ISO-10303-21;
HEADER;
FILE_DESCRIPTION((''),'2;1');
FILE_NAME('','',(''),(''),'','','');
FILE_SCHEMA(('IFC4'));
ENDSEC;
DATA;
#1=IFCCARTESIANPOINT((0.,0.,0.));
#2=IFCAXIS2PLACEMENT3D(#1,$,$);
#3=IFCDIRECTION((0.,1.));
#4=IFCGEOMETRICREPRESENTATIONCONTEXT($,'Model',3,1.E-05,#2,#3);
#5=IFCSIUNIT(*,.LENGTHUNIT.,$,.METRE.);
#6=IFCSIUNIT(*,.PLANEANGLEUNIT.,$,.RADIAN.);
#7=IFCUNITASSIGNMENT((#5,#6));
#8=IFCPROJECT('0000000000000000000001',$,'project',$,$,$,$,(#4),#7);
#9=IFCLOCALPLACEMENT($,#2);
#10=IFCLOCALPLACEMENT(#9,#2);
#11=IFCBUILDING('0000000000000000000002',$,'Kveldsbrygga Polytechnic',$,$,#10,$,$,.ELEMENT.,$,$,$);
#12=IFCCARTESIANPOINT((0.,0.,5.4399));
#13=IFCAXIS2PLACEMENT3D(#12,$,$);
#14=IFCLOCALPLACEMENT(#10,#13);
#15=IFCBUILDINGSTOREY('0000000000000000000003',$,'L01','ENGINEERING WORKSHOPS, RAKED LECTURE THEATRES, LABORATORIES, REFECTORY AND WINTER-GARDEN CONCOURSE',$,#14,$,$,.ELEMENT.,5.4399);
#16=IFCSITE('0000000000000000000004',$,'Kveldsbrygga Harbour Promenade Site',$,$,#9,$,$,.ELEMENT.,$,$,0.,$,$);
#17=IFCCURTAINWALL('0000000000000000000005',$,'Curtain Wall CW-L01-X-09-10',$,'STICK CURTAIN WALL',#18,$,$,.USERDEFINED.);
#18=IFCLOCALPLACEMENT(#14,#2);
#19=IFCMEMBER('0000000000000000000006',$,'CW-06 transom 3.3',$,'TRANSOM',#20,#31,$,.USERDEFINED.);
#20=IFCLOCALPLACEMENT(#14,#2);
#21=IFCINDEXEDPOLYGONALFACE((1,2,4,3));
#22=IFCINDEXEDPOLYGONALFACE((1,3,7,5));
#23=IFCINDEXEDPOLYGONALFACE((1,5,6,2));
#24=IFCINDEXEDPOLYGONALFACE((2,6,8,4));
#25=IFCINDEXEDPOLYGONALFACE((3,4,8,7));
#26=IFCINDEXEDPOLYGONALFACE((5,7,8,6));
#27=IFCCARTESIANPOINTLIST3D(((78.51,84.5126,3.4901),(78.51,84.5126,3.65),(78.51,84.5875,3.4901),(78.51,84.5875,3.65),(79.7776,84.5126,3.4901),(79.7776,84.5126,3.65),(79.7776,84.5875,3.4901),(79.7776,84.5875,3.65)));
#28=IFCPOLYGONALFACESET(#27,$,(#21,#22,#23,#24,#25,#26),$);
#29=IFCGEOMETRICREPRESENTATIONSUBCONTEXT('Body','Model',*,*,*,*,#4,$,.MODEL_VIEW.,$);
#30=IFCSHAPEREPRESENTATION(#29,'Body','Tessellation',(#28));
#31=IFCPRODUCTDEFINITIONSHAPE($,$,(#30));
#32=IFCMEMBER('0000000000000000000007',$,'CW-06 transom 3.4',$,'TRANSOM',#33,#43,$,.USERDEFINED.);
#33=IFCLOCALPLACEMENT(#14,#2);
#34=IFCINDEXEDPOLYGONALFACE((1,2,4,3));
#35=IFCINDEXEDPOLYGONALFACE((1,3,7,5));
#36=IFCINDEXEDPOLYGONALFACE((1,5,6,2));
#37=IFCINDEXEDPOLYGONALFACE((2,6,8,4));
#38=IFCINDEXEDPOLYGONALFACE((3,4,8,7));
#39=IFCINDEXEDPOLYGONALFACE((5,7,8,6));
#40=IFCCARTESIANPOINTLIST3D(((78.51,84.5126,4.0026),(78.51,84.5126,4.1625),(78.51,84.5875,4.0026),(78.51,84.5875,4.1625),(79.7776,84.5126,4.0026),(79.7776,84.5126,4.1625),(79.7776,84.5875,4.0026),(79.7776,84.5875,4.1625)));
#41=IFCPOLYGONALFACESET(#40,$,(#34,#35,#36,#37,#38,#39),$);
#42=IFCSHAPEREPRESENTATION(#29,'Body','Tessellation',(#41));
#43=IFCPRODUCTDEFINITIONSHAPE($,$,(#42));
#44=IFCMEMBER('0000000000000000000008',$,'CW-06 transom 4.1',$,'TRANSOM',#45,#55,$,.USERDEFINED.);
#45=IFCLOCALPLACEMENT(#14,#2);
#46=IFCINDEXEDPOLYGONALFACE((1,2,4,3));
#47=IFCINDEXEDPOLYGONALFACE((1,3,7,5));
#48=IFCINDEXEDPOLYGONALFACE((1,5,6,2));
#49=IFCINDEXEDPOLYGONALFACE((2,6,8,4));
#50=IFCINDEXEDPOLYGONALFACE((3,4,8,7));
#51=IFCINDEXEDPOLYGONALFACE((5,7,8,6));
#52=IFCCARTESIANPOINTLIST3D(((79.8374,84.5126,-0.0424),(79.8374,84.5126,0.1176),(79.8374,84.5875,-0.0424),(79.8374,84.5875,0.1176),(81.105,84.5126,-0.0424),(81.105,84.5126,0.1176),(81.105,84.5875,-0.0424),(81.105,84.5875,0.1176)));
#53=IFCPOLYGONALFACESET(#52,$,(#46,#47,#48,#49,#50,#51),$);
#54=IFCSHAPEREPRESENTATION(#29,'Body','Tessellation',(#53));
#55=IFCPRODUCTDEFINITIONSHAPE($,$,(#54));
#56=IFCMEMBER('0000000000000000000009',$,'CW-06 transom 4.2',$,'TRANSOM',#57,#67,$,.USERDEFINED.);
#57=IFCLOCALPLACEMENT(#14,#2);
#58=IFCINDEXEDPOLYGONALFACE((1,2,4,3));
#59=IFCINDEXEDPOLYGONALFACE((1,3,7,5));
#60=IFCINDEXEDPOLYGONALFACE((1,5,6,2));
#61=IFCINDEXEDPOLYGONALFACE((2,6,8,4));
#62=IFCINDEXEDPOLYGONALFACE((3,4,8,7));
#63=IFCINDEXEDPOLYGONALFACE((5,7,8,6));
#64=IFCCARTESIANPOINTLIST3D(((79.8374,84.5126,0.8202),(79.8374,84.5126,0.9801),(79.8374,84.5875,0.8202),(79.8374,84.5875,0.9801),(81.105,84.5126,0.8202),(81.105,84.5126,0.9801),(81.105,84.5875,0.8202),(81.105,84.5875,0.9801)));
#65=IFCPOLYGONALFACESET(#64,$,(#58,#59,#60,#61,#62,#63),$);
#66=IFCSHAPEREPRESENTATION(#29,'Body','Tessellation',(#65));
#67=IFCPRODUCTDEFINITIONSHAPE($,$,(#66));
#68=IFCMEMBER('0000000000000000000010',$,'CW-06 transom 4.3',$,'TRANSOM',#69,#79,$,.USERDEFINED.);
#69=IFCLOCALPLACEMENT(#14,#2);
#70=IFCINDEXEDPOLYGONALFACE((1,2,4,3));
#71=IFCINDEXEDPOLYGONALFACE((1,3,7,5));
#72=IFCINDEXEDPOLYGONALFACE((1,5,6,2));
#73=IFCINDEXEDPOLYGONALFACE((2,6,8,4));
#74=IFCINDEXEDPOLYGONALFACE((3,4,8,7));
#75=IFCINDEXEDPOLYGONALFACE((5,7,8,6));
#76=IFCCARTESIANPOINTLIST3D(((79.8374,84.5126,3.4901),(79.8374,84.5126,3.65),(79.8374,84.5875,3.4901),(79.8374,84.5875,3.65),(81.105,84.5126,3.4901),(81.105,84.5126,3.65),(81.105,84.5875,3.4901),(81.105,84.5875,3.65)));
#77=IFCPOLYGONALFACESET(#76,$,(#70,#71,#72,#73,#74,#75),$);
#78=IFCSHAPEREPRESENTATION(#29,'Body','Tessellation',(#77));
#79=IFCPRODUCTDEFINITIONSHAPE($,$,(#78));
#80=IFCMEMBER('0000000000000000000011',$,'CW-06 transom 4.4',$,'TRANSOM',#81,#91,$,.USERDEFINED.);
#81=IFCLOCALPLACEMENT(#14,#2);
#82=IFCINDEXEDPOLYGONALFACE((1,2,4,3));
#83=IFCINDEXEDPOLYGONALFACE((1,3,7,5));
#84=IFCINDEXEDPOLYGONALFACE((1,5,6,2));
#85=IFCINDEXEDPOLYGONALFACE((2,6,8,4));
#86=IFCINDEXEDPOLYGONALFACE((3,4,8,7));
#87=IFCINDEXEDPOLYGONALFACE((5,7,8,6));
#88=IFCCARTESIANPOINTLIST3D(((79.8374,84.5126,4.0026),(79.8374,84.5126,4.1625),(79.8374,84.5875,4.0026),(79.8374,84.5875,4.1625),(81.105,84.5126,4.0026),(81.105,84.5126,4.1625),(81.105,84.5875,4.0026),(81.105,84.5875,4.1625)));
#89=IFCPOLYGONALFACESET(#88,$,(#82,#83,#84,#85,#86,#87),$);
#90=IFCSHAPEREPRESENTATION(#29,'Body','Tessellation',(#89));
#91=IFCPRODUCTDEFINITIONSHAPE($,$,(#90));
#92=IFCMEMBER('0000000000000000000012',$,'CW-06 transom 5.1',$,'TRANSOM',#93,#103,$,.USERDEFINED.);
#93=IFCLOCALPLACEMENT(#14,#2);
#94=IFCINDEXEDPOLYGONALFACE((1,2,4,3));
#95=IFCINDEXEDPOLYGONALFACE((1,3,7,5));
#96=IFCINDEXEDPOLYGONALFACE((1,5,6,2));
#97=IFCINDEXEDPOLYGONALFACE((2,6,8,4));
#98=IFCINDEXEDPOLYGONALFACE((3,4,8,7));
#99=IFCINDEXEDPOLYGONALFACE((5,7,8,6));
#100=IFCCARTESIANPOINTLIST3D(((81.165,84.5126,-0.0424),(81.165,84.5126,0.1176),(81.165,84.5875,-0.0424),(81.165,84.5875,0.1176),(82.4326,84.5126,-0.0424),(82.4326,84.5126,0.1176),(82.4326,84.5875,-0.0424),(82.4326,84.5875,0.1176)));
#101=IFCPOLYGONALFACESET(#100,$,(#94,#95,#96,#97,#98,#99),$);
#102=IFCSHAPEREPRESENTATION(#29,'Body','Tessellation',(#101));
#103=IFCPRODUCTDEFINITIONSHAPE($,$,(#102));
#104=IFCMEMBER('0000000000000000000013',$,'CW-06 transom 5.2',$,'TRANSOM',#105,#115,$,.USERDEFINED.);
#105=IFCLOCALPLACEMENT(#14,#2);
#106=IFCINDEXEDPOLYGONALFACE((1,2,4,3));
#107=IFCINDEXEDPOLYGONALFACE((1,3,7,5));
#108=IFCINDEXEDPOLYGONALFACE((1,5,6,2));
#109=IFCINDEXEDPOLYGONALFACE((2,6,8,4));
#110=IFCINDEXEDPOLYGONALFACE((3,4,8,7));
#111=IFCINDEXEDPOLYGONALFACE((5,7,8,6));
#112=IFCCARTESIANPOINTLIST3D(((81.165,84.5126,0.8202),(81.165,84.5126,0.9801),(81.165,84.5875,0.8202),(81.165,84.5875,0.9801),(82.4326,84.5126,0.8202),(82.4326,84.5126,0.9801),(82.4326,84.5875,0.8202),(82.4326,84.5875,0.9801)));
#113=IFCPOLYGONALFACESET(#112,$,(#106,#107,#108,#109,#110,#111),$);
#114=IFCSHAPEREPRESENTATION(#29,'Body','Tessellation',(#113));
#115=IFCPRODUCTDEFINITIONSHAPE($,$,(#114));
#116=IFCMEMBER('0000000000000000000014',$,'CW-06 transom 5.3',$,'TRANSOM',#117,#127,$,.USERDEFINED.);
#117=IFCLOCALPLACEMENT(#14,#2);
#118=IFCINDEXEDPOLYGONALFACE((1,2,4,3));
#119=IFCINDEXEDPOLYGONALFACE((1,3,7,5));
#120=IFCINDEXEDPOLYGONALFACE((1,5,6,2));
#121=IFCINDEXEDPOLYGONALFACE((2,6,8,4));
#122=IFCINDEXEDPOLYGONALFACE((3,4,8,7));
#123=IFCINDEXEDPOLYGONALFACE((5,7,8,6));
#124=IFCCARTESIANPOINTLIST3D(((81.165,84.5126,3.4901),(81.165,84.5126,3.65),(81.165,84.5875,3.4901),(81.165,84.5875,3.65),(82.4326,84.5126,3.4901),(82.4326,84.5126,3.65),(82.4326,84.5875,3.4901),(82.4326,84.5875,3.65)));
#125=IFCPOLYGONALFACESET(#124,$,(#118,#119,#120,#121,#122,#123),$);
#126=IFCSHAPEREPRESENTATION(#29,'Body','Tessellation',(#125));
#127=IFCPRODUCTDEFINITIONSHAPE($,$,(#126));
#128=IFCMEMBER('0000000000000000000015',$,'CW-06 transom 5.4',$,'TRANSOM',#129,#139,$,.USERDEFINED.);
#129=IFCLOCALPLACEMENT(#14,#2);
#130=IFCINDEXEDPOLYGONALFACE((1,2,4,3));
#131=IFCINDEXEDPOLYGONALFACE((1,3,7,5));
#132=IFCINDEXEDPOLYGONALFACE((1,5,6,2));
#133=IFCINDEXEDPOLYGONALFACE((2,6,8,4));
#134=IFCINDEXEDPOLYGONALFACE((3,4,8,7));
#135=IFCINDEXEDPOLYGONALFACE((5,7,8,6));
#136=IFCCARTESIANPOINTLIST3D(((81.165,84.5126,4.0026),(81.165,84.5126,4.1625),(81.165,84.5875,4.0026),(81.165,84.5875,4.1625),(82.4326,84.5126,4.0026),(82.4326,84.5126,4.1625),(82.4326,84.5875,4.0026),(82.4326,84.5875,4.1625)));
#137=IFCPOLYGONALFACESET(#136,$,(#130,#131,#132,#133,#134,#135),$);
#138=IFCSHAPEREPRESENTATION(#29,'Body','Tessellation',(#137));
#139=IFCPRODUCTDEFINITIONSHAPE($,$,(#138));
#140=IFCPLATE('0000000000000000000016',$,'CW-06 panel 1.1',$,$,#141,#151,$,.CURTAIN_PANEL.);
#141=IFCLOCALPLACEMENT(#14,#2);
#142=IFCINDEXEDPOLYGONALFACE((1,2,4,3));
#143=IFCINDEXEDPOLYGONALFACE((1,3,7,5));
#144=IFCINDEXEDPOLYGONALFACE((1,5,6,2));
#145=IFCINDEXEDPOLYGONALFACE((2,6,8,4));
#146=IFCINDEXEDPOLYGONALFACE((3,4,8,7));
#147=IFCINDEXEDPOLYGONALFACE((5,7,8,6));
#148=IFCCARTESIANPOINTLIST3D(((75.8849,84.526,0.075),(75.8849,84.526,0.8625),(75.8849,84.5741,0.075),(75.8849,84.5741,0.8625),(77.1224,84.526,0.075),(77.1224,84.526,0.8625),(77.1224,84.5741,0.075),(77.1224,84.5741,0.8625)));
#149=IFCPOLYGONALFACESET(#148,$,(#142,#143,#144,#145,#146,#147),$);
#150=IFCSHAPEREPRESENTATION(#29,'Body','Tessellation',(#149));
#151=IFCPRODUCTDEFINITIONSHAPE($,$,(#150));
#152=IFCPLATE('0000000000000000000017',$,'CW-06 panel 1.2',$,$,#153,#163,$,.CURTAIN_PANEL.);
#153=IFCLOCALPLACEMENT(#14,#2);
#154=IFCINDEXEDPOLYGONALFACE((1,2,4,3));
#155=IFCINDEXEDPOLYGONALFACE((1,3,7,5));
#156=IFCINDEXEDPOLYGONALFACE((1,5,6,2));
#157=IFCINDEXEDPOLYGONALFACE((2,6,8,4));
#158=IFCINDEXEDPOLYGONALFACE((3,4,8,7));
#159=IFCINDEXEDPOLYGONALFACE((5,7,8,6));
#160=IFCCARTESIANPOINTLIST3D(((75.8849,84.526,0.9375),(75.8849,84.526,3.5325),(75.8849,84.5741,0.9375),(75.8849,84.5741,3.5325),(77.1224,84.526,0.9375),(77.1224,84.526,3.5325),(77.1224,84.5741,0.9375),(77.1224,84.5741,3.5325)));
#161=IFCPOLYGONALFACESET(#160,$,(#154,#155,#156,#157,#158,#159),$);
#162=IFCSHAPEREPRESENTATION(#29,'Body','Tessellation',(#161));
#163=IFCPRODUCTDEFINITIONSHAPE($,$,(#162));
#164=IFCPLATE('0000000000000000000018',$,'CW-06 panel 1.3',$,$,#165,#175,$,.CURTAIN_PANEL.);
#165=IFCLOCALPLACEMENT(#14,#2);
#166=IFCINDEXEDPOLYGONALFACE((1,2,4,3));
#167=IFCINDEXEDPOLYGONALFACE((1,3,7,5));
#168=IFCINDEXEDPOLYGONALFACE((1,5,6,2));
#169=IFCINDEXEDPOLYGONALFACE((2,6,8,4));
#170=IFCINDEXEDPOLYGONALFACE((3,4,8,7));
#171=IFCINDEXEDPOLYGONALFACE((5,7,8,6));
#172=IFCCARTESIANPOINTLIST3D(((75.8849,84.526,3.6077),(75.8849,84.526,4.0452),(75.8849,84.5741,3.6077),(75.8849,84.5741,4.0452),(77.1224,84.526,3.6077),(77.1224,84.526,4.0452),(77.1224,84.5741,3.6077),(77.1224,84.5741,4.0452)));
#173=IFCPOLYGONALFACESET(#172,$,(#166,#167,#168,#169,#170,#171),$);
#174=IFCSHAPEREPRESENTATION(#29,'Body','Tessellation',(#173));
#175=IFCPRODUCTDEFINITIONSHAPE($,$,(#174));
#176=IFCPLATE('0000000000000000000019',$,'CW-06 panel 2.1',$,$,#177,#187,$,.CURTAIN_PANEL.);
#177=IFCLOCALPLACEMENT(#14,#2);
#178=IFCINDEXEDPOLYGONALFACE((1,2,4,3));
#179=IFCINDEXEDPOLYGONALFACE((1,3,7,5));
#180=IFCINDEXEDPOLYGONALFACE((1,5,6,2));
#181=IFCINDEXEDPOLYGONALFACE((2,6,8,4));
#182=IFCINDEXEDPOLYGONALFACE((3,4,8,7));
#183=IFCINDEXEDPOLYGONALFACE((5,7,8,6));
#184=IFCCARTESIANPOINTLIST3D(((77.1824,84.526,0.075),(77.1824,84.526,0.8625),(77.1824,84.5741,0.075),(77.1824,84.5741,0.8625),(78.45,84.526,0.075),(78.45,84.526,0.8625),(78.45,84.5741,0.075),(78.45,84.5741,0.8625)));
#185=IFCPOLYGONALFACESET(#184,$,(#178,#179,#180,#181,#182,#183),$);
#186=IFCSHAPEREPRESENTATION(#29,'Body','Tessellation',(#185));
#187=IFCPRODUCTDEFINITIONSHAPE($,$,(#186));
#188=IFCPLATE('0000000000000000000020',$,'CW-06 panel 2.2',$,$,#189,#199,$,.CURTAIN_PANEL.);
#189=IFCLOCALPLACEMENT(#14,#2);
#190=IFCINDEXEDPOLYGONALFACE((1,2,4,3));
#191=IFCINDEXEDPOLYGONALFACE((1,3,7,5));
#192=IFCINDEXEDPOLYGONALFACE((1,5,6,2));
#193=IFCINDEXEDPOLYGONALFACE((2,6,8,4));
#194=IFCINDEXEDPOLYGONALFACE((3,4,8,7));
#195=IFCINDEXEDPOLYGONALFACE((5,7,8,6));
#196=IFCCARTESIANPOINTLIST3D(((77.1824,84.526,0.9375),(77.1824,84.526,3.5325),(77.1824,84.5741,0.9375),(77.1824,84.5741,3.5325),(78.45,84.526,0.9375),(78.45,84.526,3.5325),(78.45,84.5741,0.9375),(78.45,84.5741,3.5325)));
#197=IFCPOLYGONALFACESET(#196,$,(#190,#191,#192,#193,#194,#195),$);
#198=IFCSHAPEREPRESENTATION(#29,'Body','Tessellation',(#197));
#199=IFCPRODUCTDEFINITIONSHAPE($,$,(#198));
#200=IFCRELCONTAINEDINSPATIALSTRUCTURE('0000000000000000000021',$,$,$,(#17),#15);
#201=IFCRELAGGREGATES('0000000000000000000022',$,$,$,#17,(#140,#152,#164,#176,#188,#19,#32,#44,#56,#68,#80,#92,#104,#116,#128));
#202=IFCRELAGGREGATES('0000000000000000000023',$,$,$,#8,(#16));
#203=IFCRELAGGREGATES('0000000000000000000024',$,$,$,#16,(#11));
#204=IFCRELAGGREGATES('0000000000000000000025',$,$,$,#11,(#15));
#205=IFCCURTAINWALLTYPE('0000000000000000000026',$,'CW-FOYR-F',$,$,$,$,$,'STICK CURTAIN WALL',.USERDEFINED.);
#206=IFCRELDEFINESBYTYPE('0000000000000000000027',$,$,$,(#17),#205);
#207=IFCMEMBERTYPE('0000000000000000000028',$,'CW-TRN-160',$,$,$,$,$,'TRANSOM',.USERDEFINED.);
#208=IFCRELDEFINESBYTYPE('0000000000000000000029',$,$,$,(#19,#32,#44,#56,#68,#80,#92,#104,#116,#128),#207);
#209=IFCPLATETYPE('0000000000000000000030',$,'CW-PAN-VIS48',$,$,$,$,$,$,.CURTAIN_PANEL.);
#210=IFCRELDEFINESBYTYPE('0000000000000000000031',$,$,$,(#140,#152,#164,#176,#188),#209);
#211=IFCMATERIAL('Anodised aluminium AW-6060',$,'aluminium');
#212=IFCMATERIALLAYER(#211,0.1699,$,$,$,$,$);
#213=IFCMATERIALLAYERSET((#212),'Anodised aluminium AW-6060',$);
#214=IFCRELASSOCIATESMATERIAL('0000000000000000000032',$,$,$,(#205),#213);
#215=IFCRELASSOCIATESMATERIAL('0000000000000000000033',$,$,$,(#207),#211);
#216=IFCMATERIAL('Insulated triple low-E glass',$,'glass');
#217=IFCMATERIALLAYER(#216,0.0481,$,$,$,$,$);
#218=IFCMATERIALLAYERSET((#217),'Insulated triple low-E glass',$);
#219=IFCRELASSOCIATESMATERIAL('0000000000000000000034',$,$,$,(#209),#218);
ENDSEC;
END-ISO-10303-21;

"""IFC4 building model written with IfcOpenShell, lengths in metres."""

from ifc_helpers import new_model, si_unit, direction, frame, origin, origin_2d, place, context, subcontext, project, spatial, rectangle, extrude, material, layer, layer_set, material_profile, profile_set, type_object, element, aggregate, save


model = new_model("IFC4")

# Units and contexts
model_context = context("Model", 3, precision=1e-05, world=origin(), true_north=direction((0.0, 1.0)))
body_context = subcontext(model_context, "Body", "Model", "MODEL_VIEW")
ifc_project = project(units=[si_unit("LENGTHUNIT", "METRE"), si_unit("PLANEANGLEUNIT", "RADIAN")], contexts=[model_context])

# Site, building, storey
site_placement = place(None, origin())
site = spatial("IfcSite", under=ifc_project, at=site_placement, Name="Kveldsbrygga Harbour Promenade Site", CompositionType="ELEMENT", RefElevation=0.0)
building_placement = place(site_placement, origin())
building = spatial("IfcBuilding", under=site, at=building_placement, Name="Kveldsbrygga Polytechnic", CompositionType="ELEMENT")
storey_placement = place(building_placement, frame((0.0, 0.0, 5.4399)))
storey = spatial("IfcBuildingStorey", under=building, at=storey_placement, Name="L01", Description="ENGINEERING WORKSHOPS, RAKED LECTURE THEATRES, LABORATORIES, REFECTORY AND WINTER-GARDEN CONCOURSE", CompositionType="ELEMENT", Elevation=5.4399)

# Curtain wall, members, plates
ifc_material_1 = material(Name="Anodised aluminium AW-6060", Category="aluminium")
ifc_layer_1 = layer(ifc_material_1, 0.1699)
ifc_layer_set_1 = layer_set([ifc_layer_1], Name="Anodised aluminium AW-6060")
curtain_wall_type = type_object("IfcCurtainWallType", Name="CW-FOYR-F", ElementType="STICK CURTAIN WALL", PredefinedType="USERDEFINED", material=ifc_layer_set_1)
curtain_wall_placement = place(storey_placement, origin())
curtain_wall = element("IfcCurtainWall", 1, at=curtain_wall_placement, inside=storey, type_object=curtain_wall_type, Name="Curtain Wall CW-L01-X-09-10", ObjectType="STICK CURTAIN WALL", PredefinedType="USERDEFINED")
ifc_material_profile_1 = material_profile(ifc_material_1, rectangle(XDim=0.075, YDim=0.1599, at=origin_2d()), Name="ALU 75x160")
ifc_profile_set_1 = profile_set([ifc_material_profile_1], Name="Anodised aluminium AW-6060")
member_type_1 = type_object("IfcMemberType", Name="CW-TRN-160", ElementType="TRANSOM", PredefinedType="USERDEFINED", material=ifc_profile_set_1)
member_1_placement = place(storey_placement, frame((78.51, 84.55, 3.5701), z_axis=(1.0, 0.0, 0.0), x_axis=(0.0, 1.0, 0.0)))
member_1 = element("IfcMember", 2, at=member_1_placement, type_object=member_type_1, Name="CW-06 transom 3.3", ObjectType="TRANSOM", PredefinedType="USERDEFINED", context=body_context, shape_type="SweptSolid", body=[
    extrude(rectangle(XDim=0.075, YDim=0.1599, at=origin_2d()), origin(), (0.0, 0.0, 1.0), 1.2676),
])
member_2_placement = place(storey_placement, frame((78.51, 84.55, 4.0825), z_axis=(1.0, 0.0, 0.0), x_axis=(0.0, 1.0, 0.0)))
member_2 = element("IfcMember", 3, at=member_2_placement, type_object=member_type_1, Name="CW-06 transom 3.4", ObjectType="TRANSOM", PredefinedType="USERDEFINED", context=body_context, shape_type="SweptSolid", body=[
    extrude(rectangle(XDim=0.075, YDim=0.1599, at=origin_2d()), origin(), (0.0, 0.0, 1.0), 1.2676),
])
member_3_placement = place(storey_placement, frame((79.8374, 84.55, 0.0376), z_axis=(1.0, 0.0, 0.0), x_axis=(0.0, 1.0, 0.0)))
member_3 = element("IfcMember", 4, at=member_3_placement, type_object=member_type_1, Name="CW-06 transom 4.1", ObjectType="TRANSOM", PredefinedType="USERDEFINED", context=body_context, shape_type="SweptSolid", body=[
    extrude(rectangle(XDim=0.075, YDim=0.1599, at=origin_2d()), origin(), (0.0, 0.0, 1.0), 1.2676),
])
member_4_placement = place(storey_placement, frame((79.8374, 84.55, 0.9001), z_axis=(1.0, 0.0, 0.0), x_axis=(0.0, 1.0, 0.0)))
member_4 = element("IfcMember", 5, at=member_4_placement, type_object=member_type_1, Name="CW-06 transom 4.2", ObjectType="TRANSOM", PredefinedType="USERDEFINED", context=body_context, shape_type="SweptSolid", body=[
    extrude(rectangle(XDim=0.075, YDim=0.1599, at=origin_2d()), origin(), (0.0, 0.0, 1.0), 1.2676),
])
member_5_placement = place(storey_placement, frame((79.8374, 84.55, 3.5701), z_axis=(1.0, 0.0, 0.0), x_axis=(0.0, 1.0, 0.0)))
member_5 = element("IfcMember", 6, at=member_5_placement, type_object=member_type_1, Name="CW-06 transom 4.3", ObjectType="TRANSOM", PredefinedType="USERDEFINED", context=body_context, shape_type="SweptSolid", body=[
    extrude(rectangle(XDim=0.075, YDim=0.1599, at=origin_2d()), origin(), (0.0, 0.0, 1.0), 1.2676),
])
member_6_placement = place(storey_placement, frame((79.8374, 84.55, 4.0825), z_axis=(1.0, 0.0, 0.0), x_axis=(0.0, 1.0, 0.0)))
member_6 = element("IfcMember", 7, at=member_6_placement, type_object=member_type_1, Name="CW-06 transom 4.4", ObjectType="TRANSOM", PredefinedType="USERDEFINED", context=body_context, shape_type="SweptSolid", body=[
    extrude(rectangle(XDim=0.075, YDim=0.1599, at=origin_2d()), origin(), (0.0, 0.0, 1.0), 1.2676),
])
member_7_placement = place(storey_placement, frame((81.165, 84.55, 0.0376), z_axis=(1.0, 0.0, 0.0), x_axis=(0.0, 1.0, 0.0)))
member_7 = element("IfcMember", 8, at=member_7_placement, type_object=member_type_1, Name="CW-06 transom 5.1", ObjectType="TRANSOM", PredefinedType="USERDEFINED", context=body_context, shape_type="SweptSolid", body=[
    extrude(rectangle(XDim=0.075, YDim=0.1599, at=origin_2d()), origin(), (0.0, 0.0, 1.0), 1.2676),
])
member_8_placement = place(storey_placement, frame((81.165, 84.55, 0.9001), z_axis=(1.0, 0.0, 0.0), x_axis=(0.0, 1.0, 0.0)))
member_8 = element("IfcMember", 9, at=member_8_placement, type_object=member_type_1, Name="CW-06 transom 5.2", ObjectType="TRANSOM", PredefinedType="USERDEFINED", context=body_context, shape_type="SweptSolid", body=[
    extrude(rectangle(XDim=0.075, YDim=0.1599, at=origin_2d()), origin(), (0.0, 0.0, 1.0), 1.2676),
])
member_9_placement = place(storey_placement, frame((81.165, 84.55, 3.5701), z_axis=(1.0, 0.0, 0.0), x_axis=(0.0, 1.0, 0.0)))
member_9 = element("IfcMember", 10, at=member_9_placement, type_object=member_type_1, Name="CW-06 transom 5.3", ObjectType="TRANSOM", PredefinedType="USERDEFINED", context=body_context, shape_type="SweptSolid", body=[
    extrude(rectangle(XDim=0.075, YDim=0.1599, at=origin_2d()), origin(), (0.0, 0.0, 1.0), 1.2676),
])
member_10_placement = place(storey_placement, frame((81.165, 84.55, 4.0825), z_axis=(1.0, 0.0, 0.0), x_axis=(0.0, 1.0, 0.0)))
member_10 = element("IfcMember", 11, at=member_10_placement, type_object=member_type_1, Name="CW-06 transom 5.4", ObjectType="TRANSOM", PredefinedType="USERDEFINED", context=body_context, shape_type="SweptSolid", body=[
    extrude(rectangle(XDim=0.075, YDim=0.1599, at=origin_2d()), origin(), (0.0, 0.0, 1.0), 1.2676),
])
ifc_material_2 = material(Name="Insulated triple low-E glass", Category="glass")
ifc_layer_2 = layer(ifc_material_2, 0.0481)
ifc_layer_set_2 = layer_set([ifc_layer_2], Name="Insulated triple low-E glass")
plate_type = type_object("IfcPlateType", Name="CW-PAN-VIS48", PredefinedType="CURTAIN_PANEL", material=ifc_layer_set_2)
plate_1_placement = place(storey_placement, frame((76.5037, 84.55, 0.075), z_axis=(0.0, 0.0, 1.0), x_axis=(1.0, 0.0, 0.0)))
plate_1 = element("IfcPlate", 12, at=plate_1_placement, type_object=plate_type, Name="CW-06 panel 1.1", PredefinedType="CURTAIN_PANEL", context=body_context, shape_type="SweptSolid", body=[
    extrude(rectangle(XDim=1.2375, YDim=0.0481, at=origin_2d()), origin(), (0.0, 0.0, 1.0), 0.7876),
])
plate_2_placement = place(storey_placement, frame((76.5037, 84.55, 0.9375), z_axis=(0.0, 0.0, 1.0), x_axis=(1.0, 0.0, 0.0)))
plate_2 = element("IfcPlate", 13, at=plate_2_placement, type_object=plate_type, Name="CW-06 panel 1.2", PredefinedType="CURTAIN_PANEL", context=body_context, shape_type="SweptSolid", body=[
    extrude(rectangle(XDim=1.2375, YDim=0.0481, at=origin_2d()), origin(), (0.0, 0.0, 1.0), 2.595),
])
plate_3_placement = place(storey_placement, frame((76.5037, 84.55, 3.6077), z_axis=(0.0, 0.0, 1.0), x_axis=(1.0, 0.0, 0.0)))
plate_3 = element("IfcPlate", 14, at=plate_3_placement, type_object=plate_type, Name="CW-06 panel 1.3", PredefinedType="CURTAIN_PANEL", context=body_context, shape_type="SweptSolid", body=[
    extrude(rectangle(XDim=1.2375, YDim=0.0481, at=origin_2d()), origin(), (0.0, 0.0, 1.0), 0.4375),
])
plate_4_placement = place(storey_placement, frame((77.8162, 84.55, 0.075), z_axis=(0.0, 0.0, 1.0), x_axis=(1.0, 0.0, 0.0)))
plate_4 = element("IfcPlate", 15, at=plate_4_placement, type_object=plate_type, Name="CW-06 panel 2.1", PredefinedType="CURTAIN_PANEL", context=body_context, shape_type="SweptSolid", body=[
    extrude(rectangle(XDim=1.2676, YDim=0.0481, at=origin_2d()), origin(), (0.0, 0.0, 1.0), 0.7876),
])
plate_5_placement = place(storey_placement, frame((77.8162, 84.55, 0.9375), z_axis=(0.0, 0.0, 1.0), x_axis=(1.0, 0.0, 0.0)))
plate_5 = element("IfcPlate", 16, at=plate_5_placement, type_object=plate_type, Name="CW-06 panel 2.2", PredefinedType="CURTAIN_PANEL", context=body_context, shape_type="SweptSolid", body=[
    extrude(rectangle(XDim=1.2676, YDim=0.0481, at=origin_2d()), origin(), (0.0, 0.0, 1.0), 2.595),
])
aggregate(curtain_wall, [plate_1, plate_2, plate_3, plate_4, plate_5, member_1, member_2, member_3, member_4, member_5, member_6, member_7, member_8, member_9, member_10])

save(model, "model.ifc")
